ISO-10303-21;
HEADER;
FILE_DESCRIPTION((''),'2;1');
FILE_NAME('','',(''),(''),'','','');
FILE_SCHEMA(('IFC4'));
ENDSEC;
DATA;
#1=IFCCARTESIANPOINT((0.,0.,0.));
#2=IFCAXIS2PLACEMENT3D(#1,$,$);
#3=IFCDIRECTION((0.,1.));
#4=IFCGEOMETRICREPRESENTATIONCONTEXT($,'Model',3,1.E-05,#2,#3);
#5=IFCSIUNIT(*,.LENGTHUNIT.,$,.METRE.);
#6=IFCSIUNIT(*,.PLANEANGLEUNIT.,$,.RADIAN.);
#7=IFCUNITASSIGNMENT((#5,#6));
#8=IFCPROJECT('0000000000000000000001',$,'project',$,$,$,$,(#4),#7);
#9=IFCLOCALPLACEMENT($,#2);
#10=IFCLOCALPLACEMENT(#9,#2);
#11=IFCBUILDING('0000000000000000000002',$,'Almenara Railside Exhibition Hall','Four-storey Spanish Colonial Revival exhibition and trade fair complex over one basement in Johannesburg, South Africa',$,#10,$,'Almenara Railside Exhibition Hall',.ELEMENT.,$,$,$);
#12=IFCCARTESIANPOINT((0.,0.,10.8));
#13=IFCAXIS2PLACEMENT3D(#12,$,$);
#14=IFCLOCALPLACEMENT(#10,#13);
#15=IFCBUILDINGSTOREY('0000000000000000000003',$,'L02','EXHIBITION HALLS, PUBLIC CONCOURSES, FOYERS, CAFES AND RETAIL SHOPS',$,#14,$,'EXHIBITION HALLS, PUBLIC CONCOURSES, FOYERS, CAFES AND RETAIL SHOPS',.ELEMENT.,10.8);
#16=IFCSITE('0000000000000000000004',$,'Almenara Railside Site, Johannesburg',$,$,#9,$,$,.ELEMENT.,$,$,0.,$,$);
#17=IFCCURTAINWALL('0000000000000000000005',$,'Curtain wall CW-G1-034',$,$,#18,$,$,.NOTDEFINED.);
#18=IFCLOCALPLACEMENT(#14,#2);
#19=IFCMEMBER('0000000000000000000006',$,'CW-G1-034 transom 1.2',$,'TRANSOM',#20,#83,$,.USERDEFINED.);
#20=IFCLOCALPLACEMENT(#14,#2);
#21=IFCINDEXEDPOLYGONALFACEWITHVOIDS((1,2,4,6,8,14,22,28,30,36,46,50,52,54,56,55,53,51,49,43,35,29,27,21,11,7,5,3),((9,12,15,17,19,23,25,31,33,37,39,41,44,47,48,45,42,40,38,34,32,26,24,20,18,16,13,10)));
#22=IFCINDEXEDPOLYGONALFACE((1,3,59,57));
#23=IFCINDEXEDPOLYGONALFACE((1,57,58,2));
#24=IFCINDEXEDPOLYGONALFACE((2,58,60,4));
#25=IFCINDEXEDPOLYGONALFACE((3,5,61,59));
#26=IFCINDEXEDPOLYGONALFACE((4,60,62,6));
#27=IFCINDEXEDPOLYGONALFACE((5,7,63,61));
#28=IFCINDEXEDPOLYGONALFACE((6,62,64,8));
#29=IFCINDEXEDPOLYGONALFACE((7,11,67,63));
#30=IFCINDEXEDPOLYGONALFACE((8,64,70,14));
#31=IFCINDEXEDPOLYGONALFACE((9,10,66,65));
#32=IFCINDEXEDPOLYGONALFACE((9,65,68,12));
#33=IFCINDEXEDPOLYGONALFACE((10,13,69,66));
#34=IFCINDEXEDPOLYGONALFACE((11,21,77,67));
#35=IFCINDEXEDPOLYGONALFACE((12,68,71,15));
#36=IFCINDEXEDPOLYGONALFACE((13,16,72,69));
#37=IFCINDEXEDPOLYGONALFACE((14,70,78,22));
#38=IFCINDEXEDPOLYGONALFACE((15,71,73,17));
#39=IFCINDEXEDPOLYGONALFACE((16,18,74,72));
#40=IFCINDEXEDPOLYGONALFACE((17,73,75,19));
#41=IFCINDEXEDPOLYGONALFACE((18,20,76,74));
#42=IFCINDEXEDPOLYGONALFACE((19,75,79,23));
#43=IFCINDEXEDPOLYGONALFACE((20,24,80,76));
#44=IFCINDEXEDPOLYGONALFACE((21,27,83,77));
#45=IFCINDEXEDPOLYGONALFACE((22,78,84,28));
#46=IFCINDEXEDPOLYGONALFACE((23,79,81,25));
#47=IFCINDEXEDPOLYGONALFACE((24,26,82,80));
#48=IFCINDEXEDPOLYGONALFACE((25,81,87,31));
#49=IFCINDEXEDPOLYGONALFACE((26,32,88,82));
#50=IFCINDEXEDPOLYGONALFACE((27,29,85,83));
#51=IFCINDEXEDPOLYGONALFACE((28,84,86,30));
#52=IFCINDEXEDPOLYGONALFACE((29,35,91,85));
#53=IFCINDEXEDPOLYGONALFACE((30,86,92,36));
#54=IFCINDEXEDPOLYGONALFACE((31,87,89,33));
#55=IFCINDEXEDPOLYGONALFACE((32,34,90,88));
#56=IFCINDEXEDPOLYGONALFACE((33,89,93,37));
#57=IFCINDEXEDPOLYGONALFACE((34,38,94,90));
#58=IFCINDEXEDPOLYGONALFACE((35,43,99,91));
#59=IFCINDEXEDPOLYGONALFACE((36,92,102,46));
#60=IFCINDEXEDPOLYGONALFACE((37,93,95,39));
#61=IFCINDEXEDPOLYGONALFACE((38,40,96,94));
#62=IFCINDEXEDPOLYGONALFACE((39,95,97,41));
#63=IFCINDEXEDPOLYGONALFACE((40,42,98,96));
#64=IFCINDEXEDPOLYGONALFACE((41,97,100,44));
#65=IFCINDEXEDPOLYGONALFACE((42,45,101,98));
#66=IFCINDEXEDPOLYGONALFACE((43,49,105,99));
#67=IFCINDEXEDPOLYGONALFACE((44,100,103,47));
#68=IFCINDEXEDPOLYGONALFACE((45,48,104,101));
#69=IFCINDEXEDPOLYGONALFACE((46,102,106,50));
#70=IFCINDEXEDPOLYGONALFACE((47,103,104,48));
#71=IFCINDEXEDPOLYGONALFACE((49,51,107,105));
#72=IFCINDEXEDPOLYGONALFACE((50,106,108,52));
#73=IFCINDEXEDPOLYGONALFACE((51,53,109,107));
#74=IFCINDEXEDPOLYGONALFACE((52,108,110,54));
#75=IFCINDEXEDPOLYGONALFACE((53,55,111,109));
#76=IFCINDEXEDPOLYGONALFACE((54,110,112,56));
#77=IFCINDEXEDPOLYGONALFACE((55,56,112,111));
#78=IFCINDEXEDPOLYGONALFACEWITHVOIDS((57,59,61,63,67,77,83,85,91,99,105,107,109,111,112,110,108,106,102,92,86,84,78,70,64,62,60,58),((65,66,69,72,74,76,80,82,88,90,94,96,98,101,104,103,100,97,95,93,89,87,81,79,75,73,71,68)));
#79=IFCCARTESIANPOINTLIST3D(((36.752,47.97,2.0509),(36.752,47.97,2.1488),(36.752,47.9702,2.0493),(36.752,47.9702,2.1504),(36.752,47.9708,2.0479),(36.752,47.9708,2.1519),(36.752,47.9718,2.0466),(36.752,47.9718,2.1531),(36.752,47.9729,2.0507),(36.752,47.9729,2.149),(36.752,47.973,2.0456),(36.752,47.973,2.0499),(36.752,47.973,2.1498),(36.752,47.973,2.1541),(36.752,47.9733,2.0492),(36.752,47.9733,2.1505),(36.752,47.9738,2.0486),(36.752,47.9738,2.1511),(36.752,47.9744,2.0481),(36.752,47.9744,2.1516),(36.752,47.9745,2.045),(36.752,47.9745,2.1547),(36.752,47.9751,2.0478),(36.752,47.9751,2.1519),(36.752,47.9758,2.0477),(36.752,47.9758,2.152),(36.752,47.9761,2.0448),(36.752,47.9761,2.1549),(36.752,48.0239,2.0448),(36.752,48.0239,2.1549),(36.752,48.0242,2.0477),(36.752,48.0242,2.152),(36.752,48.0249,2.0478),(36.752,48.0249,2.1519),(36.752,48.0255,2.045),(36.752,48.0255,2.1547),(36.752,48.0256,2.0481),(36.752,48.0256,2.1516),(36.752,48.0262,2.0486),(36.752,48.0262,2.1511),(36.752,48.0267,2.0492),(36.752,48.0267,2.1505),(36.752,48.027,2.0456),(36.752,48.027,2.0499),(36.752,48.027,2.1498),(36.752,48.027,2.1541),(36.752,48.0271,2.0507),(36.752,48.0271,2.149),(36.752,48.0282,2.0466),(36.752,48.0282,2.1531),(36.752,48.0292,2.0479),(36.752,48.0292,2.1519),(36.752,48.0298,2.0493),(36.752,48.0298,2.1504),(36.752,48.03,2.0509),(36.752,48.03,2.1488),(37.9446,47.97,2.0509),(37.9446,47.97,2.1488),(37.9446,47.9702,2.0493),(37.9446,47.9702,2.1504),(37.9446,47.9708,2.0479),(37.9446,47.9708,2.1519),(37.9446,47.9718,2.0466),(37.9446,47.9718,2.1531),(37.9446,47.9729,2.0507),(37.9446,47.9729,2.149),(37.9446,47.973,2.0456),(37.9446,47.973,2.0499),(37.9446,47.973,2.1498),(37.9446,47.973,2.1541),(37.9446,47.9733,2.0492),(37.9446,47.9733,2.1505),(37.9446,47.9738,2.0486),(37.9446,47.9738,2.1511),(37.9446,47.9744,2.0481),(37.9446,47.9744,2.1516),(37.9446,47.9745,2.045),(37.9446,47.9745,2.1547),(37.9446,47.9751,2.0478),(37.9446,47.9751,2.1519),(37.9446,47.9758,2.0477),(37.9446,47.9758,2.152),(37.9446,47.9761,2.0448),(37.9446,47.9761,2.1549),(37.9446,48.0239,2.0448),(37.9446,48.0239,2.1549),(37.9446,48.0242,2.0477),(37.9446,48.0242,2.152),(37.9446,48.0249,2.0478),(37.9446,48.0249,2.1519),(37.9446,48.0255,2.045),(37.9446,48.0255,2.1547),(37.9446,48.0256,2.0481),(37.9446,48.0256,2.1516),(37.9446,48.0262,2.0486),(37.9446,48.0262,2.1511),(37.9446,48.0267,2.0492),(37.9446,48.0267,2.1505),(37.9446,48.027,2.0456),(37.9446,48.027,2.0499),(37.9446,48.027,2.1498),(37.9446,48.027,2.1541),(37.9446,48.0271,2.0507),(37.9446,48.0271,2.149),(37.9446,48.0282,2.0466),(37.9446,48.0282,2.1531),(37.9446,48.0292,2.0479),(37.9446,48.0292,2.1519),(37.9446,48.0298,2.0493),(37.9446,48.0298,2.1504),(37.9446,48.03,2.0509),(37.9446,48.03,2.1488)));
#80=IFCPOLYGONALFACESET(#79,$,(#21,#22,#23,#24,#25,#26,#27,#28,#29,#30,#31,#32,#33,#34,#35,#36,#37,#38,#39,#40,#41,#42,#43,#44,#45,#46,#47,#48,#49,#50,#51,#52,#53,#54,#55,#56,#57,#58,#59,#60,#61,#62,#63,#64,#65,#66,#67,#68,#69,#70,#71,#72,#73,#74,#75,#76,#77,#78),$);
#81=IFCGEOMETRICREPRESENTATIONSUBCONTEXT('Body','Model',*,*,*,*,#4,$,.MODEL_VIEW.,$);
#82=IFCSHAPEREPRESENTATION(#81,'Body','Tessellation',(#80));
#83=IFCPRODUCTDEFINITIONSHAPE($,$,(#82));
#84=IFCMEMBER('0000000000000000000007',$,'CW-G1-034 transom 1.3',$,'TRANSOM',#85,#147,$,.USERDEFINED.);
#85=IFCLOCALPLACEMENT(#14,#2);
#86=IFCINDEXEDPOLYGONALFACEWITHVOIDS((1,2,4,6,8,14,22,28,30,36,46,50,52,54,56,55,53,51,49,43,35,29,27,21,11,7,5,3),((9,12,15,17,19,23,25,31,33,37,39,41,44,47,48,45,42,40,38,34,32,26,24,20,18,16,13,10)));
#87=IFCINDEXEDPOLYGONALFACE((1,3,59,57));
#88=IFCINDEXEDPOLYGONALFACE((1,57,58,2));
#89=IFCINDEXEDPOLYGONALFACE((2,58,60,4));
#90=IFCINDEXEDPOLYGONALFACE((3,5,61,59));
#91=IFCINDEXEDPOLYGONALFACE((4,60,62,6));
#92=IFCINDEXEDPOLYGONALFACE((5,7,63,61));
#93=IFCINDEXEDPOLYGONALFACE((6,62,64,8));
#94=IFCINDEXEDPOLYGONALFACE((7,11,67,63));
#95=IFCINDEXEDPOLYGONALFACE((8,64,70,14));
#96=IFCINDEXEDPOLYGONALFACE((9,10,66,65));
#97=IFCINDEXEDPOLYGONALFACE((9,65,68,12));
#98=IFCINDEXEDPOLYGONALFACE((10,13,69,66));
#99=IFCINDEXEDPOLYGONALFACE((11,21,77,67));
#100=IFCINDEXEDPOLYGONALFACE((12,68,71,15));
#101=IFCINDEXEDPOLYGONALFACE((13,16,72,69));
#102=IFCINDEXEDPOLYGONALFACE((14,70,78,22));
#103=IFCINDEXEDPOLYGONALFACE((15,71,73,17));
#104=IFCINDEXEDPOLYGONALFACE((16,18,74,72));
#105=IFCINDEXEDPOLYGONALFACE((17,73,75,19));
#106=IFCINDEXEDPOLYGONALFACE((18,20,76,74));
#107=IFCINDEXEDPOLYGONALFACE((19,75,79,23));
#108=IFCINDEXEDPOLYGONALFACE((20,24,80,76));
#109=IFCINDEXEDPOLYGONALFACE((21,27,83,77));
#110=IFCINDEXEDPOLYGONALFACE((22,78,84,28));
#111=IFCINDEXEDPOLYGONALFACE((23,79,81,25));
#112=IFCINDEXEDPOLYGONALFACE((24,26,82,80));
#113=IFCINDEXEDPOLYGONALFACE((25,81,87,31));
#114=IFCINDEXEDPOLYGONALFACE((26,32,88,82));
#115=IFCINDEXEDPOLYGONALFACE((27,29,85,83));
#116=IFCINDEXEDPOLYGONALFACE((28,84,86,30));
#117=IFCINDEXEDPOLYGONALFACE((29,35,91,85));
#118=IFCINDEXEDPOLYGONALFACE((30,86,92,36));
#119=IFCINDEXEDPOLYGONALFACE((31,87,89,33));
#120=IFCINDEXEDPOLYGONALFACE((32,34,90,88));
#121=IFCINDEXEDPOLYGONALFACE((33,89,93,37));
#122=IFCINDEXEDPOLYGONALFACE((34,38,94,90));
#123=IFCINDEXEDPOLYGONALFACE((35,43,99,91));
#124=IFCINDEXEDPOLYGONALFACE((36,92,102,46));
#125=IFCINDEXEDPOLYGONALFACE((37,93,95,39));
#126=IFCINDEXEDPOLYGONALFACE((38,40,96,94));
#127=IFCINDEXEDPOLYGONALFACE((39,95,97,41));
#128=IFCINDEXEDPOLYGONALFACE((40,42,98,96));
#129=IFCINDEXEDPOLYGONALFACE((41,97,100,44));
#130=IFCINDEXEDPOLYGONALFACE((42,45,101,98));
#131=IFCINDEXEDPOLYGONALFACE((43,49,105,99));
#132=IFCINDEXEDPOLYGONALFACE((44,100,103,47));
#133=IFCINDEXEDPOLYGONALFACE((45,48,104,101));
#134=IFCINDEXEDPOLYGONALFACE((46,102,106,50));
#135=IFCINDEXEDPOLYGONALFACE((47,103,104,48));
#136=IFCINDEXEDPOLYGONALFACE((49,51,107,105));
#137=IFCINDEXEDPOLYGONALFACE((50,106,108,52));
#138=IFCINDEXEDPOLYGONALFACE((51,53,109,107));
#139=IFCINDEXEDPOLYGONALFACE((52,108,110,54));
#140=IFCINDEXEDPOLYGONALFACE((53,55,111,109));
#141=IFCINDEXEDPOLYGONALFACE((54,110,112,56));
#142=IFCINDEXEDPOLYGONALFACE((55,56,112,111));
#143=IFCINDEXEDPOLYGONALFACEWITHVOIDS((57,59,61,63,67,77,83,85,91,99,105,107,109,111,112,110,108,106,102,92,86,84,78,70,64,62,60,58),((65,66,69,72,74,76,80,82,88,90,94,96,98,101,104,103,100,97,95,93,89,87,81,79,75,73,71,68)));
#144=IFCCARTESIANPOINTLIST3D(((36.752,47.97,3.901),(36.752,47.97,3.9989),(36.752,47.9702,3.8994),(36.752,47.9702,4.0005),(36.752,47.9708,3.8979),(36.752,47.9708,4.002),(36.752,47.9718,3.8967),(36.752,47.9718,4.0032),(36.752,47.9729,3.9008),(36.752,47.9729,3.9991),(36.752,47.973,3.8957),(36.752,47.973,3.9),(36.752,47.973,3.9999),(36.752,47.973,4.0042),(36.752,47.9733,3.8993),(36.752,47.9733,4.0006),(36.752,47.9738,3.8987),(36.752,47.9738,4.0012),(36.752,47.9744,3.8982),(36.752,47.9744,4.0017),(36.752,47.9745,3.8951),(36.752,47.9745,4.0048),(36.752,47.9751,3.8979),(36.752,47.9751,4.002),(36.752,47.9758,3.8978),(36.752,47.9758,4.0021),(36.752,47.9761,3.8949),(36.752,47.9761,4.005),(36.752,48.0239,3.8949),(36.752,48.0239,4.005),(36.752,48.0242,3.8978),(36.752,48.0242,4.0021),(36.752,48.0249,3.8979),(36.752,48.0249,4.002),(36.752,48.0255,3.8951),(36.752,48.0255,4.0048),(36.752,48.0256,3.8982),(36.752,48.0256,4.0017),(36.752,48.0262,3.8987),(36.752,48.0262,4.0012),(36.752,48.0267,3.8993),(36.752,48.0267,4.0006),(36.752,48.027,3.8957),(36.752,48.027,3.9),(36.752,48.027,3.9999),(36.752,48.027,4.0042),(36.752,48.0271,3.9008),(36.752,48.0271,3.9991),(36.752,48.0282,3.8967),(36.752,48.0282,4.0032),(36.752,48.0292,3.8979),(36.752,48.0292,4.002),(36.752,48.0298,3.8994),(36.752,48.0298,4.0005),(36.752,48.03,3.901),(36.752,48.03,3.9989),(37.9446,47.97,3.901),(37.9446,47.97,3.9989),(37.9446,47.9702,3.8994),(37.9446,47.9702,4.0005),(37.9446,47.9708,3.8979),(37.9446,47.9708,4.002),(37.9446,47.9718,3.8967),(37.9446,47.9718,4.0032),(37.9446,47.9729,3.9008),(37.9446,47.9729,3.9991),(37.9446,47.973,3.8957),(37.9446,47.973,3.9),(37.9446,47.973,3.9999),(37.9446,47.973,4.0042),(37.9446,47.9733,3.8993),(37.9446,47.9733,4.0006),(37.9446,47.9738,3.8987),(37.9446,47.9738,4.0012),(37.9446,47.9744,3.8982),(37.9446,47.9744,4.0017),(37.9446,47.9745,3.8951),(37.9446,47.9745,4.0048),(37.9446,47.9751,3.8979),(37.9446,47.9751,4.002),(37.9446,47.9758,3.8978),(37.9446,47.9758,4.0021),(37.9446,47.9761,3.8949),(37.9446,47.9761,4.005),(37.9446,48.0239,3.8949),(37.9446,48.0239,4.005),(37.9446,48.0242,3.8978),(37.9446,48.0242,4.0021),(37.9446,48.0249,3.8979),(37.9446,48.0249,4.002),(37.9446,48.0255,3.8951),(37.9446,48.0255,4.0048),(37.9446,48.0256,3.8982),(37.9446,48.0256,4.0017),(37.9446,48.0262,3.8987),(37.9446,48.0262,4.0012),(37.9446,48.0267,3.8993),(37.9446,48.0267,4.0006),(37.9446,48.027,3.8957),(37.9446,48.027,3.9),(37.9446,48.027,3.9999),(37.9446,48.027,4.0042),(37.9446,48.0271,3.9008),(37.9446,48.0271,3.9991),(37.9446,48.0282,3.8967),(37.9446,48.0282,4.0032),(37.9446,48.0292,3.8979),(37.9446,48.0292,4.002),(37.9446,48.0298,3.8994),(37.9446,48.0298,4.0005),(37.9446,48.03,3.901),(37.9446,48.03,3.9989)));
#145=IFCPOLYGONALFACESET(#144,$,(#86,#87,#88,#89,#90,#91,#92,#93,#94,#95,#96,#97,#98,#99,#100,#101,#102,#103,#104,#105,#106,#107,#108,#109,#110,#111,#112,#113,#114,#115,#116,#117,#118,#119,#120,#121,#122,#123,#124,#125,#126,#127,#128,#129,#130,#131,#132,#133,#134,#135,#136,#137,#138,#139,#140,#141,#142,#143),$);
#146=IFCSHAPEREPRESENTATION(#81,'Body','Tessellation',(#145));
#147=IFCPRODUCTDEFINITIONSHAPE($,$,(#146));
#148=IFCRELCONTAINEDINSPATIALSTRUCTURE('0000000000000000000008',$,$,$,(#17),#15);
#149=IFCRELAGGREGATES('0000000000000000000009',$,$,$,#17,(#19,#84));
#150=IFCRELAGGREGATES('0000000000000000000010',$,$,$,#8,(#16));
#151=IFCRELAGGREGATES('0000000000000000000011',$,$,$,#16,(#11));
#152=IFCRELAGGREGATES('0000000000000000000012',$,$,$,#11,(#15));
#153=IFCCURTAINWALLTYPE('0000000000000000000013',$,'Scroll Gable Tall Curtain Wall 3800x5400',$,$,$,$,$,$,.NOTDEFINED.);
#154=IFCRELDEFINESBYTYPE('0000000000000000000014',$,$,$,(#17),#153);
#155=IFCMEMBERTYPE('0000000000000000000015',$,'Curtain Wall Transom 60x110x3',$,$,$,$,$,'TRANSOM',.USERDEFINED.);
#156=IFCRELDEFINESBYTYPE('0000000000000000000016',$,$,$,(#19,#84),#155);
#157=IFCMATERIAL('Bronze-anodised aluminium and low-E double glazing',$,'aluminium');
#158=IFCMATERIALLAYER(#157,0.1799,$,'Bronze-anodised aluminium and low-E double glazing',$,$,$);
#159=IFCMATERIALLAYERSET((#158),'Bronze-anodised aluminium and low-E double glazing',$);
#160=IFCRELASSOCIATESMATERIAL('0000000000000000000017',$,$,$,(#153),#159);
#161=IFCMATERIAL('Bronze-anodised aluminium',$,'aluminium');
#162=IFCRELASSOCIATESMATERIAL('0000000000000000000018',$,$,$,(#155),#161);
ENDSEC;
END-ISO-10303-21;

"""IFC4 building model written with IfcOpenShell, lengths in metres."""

from ifc_helpers import new_model, si_unit, direction, frame, origin, origin_2d, place, context, subcontext, project, spatial, hollow_rectangle, extrude, material, layer, layer_set, material_profile, profile_set, type_object, element, aggregate, save


model = new_model("IFC4")

# Units and contexts
model_context = context("Model", 3, precision=1e-05, world=origin(), true_north=direction((0.0, 1.0)))
body_context = subcontext(model_context, "Body", "Model", "MODEL_VIEW")
ifc_project = project(units=[si_unit("LENGTHUNIT", "METRE"), si_unit("PLANEANGLEUNIT", "RADIAN")], contexts=[model_context])

# Site, building, storey
site_placement = place(None, origin())
site = spatial("IfcSite", under=ifc_project, at=site_placement, Name="Almenara Railside Site, Johannesburg", CompositionType="ELEMENT", RefElevation=0.0)
building_placement = place(site_placement, origin())
building = spatial("IfcBuilding", under=site, at=building_placement, Name="Almenara Railside Exhibition Hall", Description="Four-storey Spanish Colonial Revival exhibition and trade fair complex over one basement in Johannesburg, South Africa", LongName="Almenara Railside Exhibition Hall", CompositionType="ELEMENT")
storey_placement = place(building_placement, frame((0.0, 0.0, 10.8)))
storey = spatial("IfcBuildingStorey", under=building, at=storey_placement, Name="L02", Description="EXHIBITION HALLS, PUBLIC CONCOURSES, FOYERS, CAFES AND RETAIL SHOPS", LongName="EXHIBITION HALLS, PUBLIC CONCOURSES, FOYERS, CAFES AND RETAIL SHOPS", CompositionType="ELEMENT", Elevation=10.8)

# Curtain wall
ifc_material_1 = material(Name="Bronze-anodised aluminium and low-E double glazing", Category="aluminium")
ifc_layer_1 = layer(ifc_material_1, 0.1799, Name="Bronze-anodised aluminium and low-E double glazing")
ifc_layer_set_1 = layer_set([ifc_layer_1], Name="Bronze-anodised aluminium and low-E double glazing")
curtain_wall_type = type_object("IfcCurtainWallType", Name="Scroll Gable Tall Curtain Wall 3800x5400", PredefinedType="NOTDEFINED", material=ifc_layer_set_1)
curtain_wall_1_placement = place(storey_placement, origin())
curtain_wall_1 = element("IfcCurtainWall", 1, at=curtain_wall_1_placement, inside=storey, type_object=curtain_wall_type, Name="Curtain wall CW-G1-034", PredefinedType="NOTDEFINED")
ifc_material_2 = material(Name="Bronze-anodised aluminium", Category="aluminium")

# Members
ifc_material_profile_1 = material_profile(ifc_material_2, hollow_rectangle(XDim=0.0601, YDim=0.1101, WallThickness=0.0029, InnerFilletRadius=0.0029, OuterFilletRadius=0.0061, at=origin_2d()), Name="ALU-TRN 60x110x3")
ifc_profile_set_1 = profile_set([ifc_material_profile_1], Name="Bronze-anodised aluminium")
member_type_1 = type_object("IfcMemberType", Name="Curtain Wall Transom 60x110x3", ElementType="TRANSOM", PredefinedType="USERDEFINED", material=ifc_profile_set_1)
member_1_placement = place(storey_placement, frame((36.752, 48.0, 2.0999), z_axis=(1.0, 0.0, 0.0), x_axis=(0.0, 1.0, 0.0)))
member_1 = element("IfcMember", 2, at=member_1_placement, type_object=member_type_1, Name="CW-G1-034 transom 1.2", ObjectType="TRANSOM", PredefinedType="USERDEFINED", context=body_context, shape_type="SweptSolid", body=[
    extrude(hollow_rectangle(XDim=0.0601, YDim=0.1101, WallThickness=0.0029, InnerFilletRadius=0.0029, OuterFilletRadius=0.0061, at=origin_2d()), origin(), (0.0, 0.0, 1.0), 1.1926),
])
member_2_placement = place(storey_placement, frame((36.752, 48.0, 3.95), z_axis=(1.0, 0.0, 0.0), x_axis=(0.0, 1.0, 0.0)))
member_2 = element("IfcMember", 3, at=member_2_placement, type_object=member_type_1, Name="CW-G1-034 transom 1.3", ObjectType="TRANSOM", PredefinedType="USERDEFINED", context=body_context, shape_type="SweptSolid", body=[
    extrude(hollow_rectangle(XDim=0.0601, YDim=0.1101, WallThickness=0.0029, InnerFilletRadius=0.0029, OuterFilletRadius=0.0061, at=origin_2d()), origin(), (0.0, 0.0, 1.0), 1.1926),
])

aggregate(curtain_wall_1, [member_1, member_2])

save(model, "model.ifc")
